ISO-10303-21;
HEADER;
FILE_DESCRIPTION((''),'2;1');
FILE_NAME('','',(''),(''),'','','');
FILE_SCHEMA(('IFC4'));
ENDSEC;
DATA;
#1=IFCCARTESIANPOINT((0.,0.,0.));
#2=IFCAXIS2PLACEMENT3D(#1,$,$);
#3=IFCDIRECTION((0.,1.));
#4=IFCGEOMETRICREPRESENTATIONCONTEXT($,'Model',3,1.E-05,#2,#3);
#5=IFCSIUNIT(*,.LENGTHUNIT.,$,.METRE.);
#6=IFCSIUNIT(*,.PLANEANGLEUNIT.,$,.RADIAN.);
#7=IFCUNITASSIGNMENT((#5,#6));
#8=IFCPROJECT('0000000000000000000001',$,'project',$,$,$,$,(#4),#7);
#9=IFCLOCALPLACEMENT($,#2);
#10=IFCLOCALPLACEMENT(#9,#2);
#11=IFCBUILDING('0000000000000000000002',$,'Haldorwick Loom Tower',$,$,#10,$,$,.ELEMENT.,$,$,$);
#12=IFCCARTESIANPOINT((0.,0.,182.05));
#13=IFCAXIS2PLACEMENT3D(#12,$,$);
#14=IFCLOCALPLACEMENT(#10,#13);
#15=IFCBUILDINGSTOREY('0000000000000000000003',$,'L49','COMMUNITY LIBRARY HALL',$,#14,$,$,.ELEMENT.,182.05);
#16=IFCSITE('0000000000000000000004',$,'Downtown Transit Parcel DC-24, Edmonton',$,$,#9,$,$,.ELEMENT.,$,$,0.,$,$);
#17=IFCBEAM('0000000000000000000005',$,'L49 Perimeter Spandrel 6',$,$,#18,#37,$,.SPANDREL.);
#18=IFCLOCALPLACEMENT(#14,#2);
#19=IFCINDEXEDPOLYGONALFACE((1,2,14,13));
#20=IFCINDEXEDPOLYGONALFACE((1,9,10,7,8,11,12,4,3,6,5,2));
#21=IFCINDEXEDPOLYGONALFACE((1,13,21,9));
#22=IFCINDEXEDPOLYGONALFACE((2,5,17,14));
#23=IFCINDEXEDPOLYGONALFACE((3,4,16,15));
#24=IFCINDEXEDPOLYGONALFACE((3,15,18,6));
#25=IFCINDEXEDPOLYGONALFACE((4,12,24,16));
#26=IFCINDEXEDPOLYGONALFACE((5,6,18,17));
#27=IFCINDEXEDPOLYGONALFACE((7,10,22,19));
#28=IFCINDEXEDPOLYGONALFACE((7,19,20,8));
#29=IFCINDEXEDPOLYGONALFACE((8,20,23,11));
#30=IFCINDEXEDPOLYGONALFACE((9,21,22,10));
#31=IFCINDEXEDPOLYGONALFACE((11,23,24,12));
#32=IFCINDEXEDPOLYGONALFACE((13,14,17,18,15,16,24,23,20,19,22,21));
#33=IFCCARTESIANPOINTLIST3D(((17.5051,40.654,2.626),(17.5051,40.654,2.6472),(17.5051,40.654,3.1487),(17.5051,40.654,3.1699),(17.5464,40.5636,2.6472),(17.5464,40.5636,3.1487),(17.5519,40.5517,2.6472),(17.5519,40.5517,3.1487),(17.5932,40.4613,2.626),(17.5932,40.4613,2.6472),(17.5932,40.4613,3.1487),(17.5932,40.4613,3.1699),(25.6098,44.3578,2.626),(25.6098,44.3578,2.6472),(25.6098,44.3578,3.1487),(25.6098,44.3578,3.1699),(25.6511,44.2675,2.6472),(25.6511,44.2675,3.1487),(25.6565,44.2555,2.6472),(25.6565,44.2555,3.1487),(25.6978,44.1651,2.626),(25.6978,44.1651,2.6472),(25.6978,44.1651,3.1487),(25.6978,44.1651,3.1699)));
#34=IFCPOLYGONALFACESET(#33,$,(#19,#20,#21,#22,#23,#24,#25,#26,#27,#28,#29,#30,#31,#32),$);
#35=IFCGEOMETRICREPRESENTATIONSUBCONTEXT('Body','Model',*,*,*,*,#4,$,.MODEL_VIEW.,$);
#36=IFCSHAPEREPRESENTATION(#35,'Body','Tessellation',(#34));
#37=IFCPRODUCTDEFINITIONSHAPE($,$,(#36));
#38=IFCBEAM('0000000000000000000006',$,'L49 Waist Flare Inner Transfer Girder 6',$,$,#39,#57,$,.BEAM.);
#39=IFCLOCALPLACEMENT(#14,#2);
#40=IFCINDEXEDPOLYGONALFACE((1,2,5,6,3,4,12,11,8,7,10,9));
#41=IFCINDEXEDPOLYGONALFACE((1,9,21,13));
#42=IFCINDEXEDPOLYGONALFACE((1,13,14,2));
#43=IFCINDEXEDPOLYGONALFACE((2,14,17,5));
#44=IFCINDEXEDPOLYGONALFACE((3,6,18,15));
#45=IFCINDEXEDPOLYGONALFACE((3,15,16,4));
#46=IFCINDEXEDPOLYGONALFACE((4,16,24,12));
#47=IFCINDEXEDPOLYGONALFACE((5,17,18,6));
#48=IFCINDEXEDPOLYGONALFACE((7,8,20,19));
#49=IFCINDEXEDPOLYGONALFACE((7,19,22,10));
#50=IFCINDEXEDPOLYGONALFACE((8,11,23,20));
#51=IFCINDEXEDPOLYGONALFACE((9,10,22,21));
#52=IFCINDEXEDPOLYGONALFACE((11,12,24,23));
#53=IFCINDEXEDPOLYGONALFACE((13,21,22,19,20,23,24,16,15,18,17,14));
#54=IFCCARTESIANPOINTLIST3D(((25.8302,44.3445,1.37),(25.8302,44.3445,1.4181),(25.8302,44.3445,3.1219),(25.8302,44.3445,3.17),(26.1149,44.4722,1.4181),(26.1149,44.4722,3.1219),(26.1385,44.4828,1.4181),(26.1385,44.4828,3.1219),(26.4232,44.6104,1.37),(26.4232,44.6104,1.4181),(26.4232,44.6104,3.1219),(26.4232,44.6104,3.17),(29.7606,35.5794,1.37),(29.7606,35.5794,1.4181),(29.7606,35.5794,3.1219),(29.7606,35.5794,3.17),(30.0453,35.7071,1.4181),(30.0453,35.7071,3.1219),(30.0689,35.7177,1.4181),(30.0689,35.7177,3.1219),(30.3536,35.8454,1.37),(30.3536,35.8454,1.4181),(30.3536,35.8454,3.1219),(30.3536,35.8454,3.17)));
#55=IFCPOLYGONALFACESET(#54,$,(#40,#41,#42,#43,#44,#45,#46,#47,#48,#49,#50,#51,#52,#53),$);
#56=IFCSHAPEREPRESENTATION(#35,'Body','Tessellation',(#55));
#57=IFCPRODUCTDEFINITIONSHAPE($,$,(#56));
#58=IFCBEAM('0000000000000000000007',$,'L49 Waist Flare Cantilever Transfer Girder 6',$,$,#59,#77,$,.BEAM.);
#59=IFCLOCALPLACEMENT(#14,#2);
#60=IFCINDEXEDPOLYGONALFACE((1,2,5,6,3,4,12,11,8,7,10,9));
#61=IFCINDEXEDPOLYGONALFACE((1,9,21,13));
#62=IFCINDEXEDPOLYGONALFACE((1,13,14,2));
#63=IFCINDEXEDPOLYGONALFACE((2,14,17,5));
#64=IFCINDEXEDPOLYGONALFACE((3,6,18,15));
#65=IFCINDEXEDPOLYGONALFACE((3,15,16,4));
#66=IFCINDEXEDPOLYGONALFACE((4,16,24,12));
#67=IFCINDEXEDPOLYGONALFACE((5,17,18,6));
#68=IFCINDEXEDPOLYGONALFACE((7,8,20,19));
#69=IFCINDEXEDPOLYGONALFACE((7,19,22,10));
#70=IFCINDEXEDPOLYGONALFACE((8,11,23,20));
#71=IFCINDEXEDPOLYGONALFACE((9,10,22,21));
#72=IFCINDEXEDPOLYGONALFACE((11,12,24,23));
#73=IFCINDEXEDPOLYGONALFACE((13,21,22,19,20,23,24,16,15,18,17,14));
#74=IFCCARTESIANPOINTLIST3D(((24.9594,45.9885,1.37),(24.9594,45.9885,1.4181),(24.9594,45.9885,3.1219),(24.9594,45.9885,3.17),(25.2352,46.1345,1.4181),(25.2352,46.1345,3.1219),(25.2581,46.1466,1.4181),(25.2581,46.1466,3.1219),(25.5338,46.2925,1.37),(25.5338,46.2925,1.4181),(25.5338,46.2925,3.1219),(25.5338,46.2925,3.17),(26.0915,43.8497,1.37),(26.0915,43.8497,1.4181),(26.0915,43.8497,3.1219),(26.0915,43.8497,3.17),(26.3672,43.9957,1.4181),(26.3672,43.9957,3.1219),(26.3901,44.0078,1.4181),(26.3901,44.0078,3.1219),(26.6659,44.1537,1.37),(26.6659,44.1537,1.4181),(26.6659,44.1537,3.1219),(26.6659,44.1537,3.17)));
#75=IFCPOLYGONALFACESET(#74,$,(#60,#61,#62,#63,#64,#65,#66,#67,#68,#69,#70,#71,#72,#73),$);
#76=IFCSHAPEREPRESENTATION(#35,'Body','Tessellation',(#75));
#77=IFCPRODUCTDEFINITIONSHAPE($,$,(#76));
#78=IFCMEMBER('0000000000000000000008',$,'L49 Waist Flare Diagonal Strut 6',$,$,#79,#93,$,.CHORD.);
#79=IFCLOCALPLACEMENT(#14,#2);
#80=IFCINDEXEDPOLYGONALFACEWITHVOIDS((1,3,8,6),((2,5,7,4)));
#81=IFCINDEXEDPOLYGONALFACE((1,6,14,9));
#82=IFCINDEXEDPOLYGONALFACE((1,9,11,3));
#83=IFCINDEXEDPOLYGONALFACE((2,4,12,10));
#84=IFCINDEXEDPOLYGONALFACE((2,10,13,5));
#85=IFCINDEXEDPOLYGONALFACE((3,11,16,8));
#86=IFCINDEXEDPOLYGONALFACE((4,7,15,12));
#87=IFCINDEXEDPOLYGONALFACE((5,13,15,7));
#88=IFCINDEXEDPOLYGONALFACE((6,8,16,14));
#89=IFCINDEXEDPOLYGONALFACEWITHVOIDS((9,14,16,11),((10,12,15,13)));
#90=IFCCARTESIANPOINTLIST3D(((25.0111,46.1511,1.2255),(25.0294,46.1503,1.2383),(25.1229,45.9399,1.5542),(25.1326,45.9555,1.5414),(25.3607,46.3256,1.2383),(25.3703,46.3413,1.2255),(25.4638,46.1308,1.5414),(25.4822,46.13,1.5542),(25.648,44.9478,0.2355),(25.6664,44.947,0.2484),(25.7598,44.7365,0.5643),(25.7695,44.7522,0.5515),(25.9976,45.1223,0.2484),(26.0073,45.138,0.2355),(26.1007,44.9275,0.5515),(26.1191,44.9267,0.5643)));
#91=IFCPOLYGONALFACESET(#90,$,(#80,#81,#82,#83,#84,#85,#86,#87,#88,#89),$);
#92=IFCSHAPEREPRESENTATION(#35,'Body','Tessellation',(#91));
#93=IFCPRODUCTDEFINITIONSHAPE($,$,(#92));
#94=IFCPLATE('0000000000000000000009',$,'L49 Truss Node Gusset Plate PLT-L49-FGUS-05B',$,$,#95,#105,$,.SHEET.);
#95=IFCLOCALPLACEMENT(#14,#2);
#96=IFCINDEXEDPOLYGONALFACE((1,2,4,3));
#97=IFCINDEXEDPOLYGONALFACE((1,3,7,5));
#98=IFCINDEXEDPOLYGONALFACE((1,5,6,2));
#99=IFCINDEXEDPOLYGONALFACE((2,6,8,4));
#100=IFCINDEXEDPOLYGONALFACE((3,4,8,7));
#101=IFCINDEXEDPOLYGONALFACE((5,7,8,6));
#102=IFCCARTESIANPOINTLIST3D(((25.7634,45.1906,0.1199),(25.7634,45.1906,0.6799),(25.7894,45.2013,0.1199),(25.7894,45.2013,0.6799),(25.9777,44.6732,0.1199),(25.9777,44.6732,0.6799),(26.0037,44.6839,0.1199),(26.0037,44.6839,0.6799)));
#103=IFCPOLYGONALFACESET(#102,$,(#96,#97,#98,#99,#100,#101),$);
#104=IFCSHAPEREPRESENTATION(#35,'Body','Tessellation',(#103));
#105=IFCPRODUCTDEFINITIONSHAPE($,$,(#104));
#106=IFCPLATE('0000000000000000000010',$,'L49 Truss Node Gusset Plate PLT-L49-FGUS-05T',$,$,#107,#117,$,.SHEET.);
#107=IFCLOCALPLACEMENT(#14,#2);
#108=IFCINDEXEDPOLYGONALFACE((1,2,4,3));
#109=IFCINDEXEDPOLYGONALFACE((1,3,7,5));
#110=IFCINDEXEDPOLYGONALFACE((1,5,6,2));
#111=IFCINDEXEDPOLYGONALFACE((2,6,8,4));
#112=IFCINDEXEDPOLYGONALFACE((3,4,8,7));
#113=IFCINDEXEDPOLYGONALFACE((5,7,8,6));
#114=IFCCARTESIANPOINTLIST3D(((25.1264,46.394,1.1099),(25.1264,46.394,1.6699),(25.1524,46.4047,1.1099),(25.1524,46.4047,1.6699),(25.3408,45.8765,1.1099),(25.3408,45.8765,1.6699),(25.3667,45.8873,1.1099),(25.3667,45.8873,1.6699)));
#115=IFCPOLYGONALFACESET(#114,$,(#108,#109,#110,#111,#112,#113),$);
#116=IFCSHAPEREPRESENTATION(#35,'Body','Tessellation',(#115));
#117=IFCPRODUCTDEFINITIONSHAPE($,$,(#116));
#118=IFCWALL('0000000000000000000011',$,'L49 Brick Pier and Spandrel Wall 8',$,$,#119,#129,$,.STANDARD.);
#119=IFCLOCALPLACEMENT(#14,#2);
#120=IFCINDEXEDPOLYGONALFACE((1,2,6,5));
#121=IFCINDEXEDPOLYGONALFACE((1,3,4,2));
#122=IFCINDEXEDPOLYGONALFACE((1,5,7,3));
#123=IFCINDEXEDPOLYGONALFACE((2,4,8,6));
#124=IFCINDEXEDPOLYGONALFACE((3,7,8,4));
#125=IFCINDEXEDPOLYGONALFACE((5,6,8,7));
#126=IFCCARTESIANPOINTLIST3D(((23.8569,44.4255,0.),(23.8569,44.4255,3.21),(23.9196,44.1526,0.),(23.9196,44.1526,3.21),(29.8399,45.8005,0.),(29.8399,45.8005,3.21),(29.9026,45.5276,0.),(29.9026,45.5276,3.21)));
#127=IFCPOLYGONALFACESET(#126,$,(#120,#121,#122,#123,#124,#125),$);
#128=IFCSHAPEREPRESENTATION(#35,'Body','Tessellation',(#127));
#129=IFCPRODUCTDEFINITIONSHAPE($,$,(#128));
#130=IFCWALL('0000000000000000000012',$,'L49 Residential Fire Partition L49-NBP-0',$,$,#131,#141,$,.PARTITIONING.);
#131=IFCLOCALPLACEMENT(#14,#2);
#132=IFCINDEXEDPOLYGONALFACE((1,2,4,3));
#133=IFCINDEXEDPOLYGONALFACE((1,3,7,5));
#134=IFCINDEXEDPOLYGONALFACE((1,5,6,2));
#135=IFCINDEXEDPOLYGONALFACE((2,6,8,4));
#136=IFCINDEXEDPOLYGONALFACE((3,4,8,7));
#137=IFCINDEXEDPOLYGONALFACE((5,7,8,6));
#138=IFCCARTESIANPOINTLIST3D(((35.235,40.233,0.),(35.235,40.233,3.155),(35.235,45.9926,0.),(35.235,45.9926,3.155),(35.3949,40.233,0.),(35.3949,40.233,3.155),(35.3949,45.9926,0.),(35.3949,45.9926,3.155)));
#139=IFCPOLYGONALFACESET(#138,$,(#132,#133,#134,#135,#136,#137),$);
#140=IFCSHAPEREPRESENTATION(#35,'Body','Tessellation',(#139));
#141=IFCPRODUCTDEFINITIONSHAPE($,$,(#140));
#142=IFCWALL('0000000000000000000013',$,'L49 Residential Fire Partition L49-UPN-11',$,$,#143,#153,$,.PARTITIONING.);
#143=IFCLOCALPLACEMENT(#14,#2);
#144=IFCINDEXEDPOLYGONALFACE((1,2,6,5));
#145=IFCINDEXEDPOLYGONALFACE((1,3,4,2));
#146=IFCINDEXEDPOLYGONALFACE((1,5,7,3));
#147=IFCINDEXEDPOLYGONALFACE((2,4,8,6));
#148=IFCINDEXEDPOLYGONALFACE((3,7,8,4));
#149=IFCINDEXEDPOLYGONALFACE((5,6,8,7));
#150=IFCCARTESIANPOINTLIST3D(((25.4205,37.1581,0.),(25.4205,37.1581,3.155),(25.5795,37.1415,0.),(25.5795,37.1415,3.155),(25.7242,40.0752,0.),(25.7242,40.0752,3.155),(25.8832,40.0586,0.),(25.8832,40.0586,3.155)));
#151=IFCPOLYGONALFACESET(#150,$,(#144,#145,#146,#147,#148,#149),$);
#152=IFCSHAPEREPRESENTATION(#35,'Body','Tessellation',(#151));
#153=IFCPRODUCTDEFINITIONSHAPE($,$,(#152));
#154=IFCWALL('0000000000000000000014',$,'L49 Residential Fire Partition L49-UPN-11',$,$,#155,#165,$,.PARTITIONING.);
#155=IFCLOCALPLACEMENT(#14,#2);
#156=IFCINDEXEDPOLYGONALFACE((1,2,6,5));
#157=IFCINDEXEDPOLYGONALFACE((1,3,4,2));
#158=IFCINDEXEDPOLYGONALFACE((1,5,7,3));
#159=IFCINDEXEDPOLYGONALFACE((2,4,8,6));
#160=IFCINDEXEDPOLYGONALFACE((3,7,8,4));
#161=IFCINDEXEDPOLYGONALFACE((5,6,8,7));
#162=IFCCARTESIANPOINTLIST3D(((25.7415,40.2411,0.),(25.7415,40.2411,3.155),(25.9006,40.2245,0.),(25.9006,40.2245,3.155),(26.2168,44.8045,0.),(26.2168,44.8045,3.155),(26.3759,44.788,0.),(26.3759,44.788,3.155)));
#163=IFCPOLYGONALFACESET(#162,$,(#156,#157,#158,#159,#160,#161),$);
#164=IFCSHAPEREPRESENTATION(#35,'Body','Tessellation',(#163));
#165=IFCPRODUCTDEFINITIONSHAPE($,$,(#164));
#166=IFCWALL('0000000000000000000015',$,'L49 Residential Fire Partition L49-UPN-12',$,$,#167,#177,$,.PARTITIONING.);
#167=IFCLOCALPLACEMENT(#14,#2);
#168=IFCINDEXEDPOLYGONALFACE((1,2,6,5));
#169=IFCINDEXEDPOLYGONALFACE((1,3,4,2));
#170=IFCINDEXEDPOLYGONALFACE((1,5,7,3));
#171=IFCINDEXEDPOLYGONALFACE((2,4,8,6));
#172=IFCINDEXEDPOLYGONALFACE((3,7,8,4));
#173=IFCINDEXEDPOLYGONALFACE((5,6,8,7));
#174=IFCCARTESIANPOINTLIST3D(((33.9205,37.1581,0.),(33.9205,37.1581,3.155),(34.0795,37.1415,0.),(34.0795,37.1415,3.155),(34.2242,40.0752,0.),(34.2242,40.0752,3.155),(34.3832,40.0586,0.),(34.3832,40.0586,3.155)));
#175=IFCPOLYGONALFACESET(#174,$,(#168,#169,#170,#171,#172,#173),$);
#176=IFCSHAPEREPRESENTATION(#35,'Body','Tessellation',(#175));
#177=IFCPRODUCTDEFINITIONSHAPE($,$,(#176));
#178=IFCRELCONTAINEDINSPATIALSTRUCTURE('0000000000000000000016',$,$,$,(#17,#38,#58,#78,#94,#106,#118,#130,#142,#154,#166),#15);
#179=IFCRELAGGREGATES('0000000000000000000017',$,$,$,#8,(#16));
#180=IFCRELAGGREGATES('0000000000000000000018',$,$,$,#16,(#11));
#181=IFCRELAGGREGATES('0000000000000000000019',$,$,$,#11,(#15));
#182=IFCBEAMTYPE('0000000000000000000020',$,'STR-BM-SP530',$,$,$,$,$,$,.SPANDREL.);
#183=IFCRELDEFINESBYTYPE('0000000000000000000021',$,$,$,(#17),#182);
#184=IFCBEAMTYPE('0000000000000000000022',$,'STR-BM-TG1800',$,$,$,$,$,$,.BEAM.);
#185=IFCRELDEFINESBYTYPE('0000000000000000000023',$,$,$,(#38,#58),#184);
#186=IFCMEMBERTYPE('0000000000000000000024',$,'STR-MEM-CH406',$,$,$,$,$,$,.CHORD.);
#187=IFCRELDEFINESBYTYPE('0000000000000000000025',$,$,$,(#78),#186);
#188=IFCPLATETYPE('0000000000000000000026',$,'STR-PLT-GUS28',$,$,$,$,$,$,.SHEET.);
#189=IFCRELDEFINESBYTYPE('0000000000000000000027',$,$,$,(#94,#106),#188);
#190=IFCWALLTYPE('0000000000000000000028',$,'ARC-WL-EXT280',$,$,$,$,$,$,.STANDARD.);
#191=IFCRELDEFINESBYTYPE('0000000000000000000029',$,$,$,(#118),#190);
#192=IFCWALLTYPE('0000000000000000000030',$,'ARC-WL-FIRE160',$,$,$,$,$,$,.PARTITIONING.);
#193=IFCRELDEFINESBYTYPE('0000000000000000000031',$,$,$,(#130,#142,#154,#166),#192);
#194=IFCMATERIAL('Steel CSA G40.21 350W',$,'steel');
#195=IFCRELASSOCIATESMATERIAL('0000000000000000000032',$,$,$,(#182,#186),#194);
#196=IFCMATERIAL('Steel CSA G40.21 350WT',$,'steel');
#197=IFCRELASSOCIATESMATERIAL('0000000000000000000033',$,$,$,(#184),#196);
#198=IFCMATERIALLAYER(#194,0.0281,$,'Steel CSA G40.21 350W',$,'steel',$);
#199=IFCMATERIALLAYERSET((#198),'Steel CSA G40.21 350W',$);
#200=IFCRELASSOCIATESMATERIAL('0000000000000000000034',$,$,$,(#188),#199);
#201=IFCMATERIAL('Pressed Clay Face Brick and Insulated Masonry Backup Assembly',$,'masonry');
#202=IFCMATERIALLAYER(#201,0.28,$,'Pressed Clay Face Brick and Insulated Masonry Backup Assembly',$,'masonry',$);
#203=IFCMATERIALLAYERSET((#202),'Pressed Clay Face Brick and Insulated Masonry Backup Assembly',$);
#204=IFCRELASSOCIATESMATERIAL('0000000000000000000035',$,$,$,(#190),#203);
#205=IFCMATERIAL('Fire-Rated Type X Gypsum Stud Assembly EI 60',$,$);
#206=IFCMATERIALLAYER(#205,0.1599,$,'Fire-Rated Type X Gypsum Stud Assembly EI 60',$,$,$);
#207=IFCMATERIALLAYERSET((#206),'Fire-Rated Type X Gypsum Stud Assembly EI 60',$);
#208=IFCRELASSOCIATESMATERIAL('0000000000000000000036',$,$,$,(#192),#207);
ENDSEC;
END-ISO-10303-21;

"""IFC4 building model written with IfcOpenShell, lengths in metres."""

from ifc_helpers import new_model, si_unit, direction, frame, frame_2d, origin, origin_2d, place, context, subcontext, project, spatial, rectangle, hollow_rectangle, i_section, extrude, material, layer, layer_set, material_profile, profile_set, type_object, element, save


model = new_model("IFC4")

# Units and contexts
model_context = context("Model", 3, precision=1e-05, world=origin(), true_north=direction((0.0, 1.0)))
body_context = subcontext(model_context, "Body", "Model", "MODEL_VIEW")
ifc_project = project(units=[si_unit("LENGTHUNIT", "METRE"), si_unit("PLANEANGLEUNIT", "RADIAN")], contexts=[model_context])

# Site, building, storey
site_placement = place(None, origin())
site = spatial("IfcSite", under=ifc_project, at=site_placement, Name="Downtown Transit Parcel DC-24, Edmonton", CompositionType="ELEMENT", RefElevation=0.0)
building_placement = place(site_placement, origin())
building = spatial("IfcBuilding", under=site, at=building_placement, Name="Haldorwick Loom Tower", CompositionType="ELEMENT")
storey_placement = place(building_placement, frame((0.0, 0.0, 182.05)))
storey = spatial("IfcBuildingStorey", under=building, at=storey_placement, Name="L49", Description="COMMUNITY LIBRARY HALL", CompositionType="ELEMENT", Elevation=182.05)

# Shared definitions
ifc_material_1 = material(Name="Steel CSA G40.21 350W", Category="steel")

# Beams
ifc_material_profile_1 = material_profile(ifc_material_1, i_section(OverallWidth=0.2119, OverallDepth=0.5439, WebThickness=0.0132, FlangeThickness=0.0212, at=origin_2d()), Name="W530X123", Category="steel")
ifc_profile_set_1 = profile_set([ifc_material_profile_1], Name="Steel CSA G40.21 350W")
beam_type_1 = type_object("IfcBeamType", Name="STR-BM-SP530", PredefinedType="SPANDREL", material=ifc_profile_set_1)
beam_1_placement = place(storey_placement, frame((25.6538, 44.2615, 2.8979), z_axis=(-0.909524, -0.415652, 0.0), x_axis=(0.415652, -0.909524, 0.0)))
element("IfcBeam", 1, at=beam_1_placement, inside=storey, type_object=beam_type_1, Name="L49 Perimeter Spandrel 6", PredefinedType="SPANDREL", context=body_context, shape_type="SweptSolid", body=[
    extrude(i_section(OverallWidth=0.2119, OverallDepth=0.5439, WebThickness=0.0132, FlangeThickness=0.0212, at=origin_2d()), origin(), (0.0, 0.0, 1.0), 8.9109),
])
ifc_material_2 = material(Name="Steel CSA G40.21 350WT", Category="steel")
ifc_material_profile_2 = material_profile(ifc_material_2, i_section(OverallWidth=0.6499, OverallDepth=1.8, WebThickness=0.0259, FlangeThickness=0.0481, at=origin_2d()), Name="WWF1800X650", Category="steel")
ifc_profile_set_2 = profile_set([ifc_material_profile_2], Name="Steel CSA G40.21 350WT")
beam_type_2 = type_object("IfcBeamType", Name="STR-BM-TG1800", PredefinedType="BEAM", material=ifc_profile_set_2)
beam_2_placement = place(storey_placement, frame((30.0571, 35.7124, 2.27), z_axis=(-0.409162, 0.912462, 0.0), x_axis=(-0.912462, -0.409162, 0.0)))
element("IfcBeam", 2, at=beam_2_placement, inside=storey, type_object=beam_type_2, Name="L49 Waist Flare Inner Transfer Girder 6", PredefinedType="BEAM", context=body_context, shape_type="SweptSolid", body=[
    extrude(i_section(OverallWidth=0.6499, OverallDepth=1.8, WebThickness=0.0259, FlangeThickness=0.0481, at=origin_2d()), origin(), (0.0, 0.0, 1.0), 9.606),
])
beam_3_placement = place(storey_placement, frame((26.3787, 44.0017, 2.27), z_axis=(-0.467795, 0.883837, 0.0), x_axis=(-0.883837, -0.467795, 0.0)))
element("IfcBeam", 3, at=beam_3_placement, inside=storey, type_object=beam_type_2, Name="L49 Waist Flare Cantilever Transfer Girder 6", PredefinedType="BEAM", context=body_context, shape_type="SweptSolid", body=[
    extrude(i_section(OverallWidth=0.6499, OverallDepth=1.8, WebThickness=0.0259, FlangeThickness=0.0481, at=origin_2d()), origin(), (0.0, 0.0, 1.0), 2.4199),
])

# Member
ifc_material_profile_3 = material_profile(ifc_material_1, hollow_rectangle(XDim=0.4065, YDim=0.4065, WallThickness=0.0159, at=origin_2d()), Name="HSS406X406X16", Category="steel")
ifc_profile_set_3 = profile_set([ifc_material_profile_3], Name="Steel CSA G40.21 350W")
member_type = type_object("IfcMemberType", Name="STR-MEM-CH406", PredefinedType="CHORD", material=ifc_profile_set_3)
member_placement = place(storey_placement, frame((25.8835, 44.9373, 0.3999), z_axis=(-0.378375, 0.714836, 0.588083), x_axis=(-0.883823, -0.467822, 0.0)))
element("IfcMember", 4, at=member_placement, inside=storey, type_object=member_type, Name="L49 Waist Flare Diagonal Strut 6", PredefinedType="CHORD", context=body_context, shape_type="SweptSolid", body=[
    extrude(hollow_rectangle(XDim=0.4065, YDim=0.4065, WallThickness=0.0159, at=origin_2d()), origin(), (0.0, 0.0, 1.0), 1.6833),
])

# Plates
ifc_layer_1 = layer(ifc_material_1, 0.0281, Name="Steel CSA G40.21 350W", Category="steel")
ifc_layer_set_1 = layer_set([ifc_layer_1], Name="Steel CSA G40.21 350W")
plate_type = type_object("IfcPlateType", Name="STR-PLT-GUS28", PredefinedType="SHEET", material=ifc_layer_set_1)
for number, where, z_axis, x_axis, name in (
    (5, (25.8835, 44.9373, 0.1199), (0.0, 0.0, 1.0), (-0.382683, 0.92388, 0.0), "L49 Truss Node Gusset Plate PLT-L49-FGUS-05B"),
    (6, (25.2466, 46.1406, 1.1099), (0.0, 0.0, 1.0), (-0.382683, 0.92388, 0.0), "L49 Truss Node Gusset Plate PLT-L49-FGUS-05T"),
):
    element("IfcPlate", number, at=place(storey_placement, frame(where, z_axis=z_axis, x_axis=x_axis)), inside=storey, type_object=plate_type, Name=name, PredefinedType="SHEET", context=body_context, shape_type="SweptSolid", body=[
        extrude(rectangle(XDim=0.5601, YDim=0.0281, at=origin_2d()), origin(), (0.0, 0.0, 1.0), 0.5601),
    ])

# Walls
ifc_material_3 = material(Name="Pressed Clay Face Brick and Insulated Masonry Backup Assembly", Category="masonry")
ifc_layer_2 = layer(ifc_material_3, 0.28, Name="Pressed Clay Face Brick and Insulated Masonry Backup Assembly", Category="masonry")
ifc_layer_set_2 = layer_set([ifc_layer_2], Name="Pressed Clay Face Brick and Insulated Masonry Backup Assembly")
wall_type_1 = type_object("IfcWallType", Name="ARC-WL-EXT280", PredefinedType="STANDARD", material=ifc_layer_set_2)
wall_1_placement = place(storey_placement, frame((29.8711, 45.6641, 0.0), z_axis=(0.0, 0.0, 1.0), x_axis=(-0.974593, -0.223982, 0.0)))
element("IfcWall", 7, at=wall_1_placement, inside=storey, type_object=wall_type_1, Name="L49 Brick Pier and Spandrel Wall 8", PredefinedType="STANDARD", context=body_context, shape_type="SweptSolid", body=[
    extrude(rectangle(XDim=6.1389, YDim=0.28, at=frame_2d((3.0693, 0.0))), origin(), (0.0, 0.0, 1.0), 3.21),
])
ifc_material_4 = material(Name="Fire-Rated Type X Gypsum Stud Assembly EI 60")
ifc_layer_3 = layer(ifc_material_4, 0.1599, Name="Fire-Rated Type X Gypsum Stud Assembly EI 60")
ifc_layer_set_3 = layer_set([ifc_layer_3], Name="Fire-Rated Type X Gypsum Stud Assembly EI 60")
wall_type_2 = type_object("IfcWallType", Name="ARC-WL-FIRE160", PredefinedType="PARTITIONING", material=ifc_layer_set_3)
wall_2_placement = place(storey_placement, frame((35.3149, 40.2329, 0.0), z_axis=(0.0, 0.0, 1.0), x_axis=(0.0, 1.0, 0.0)))
element("IfcWall", 8, at=wall_2_placement, inside=storey, type_object=wall_type_2, Name="L49 Residential Fire Partition L49-NBP-0", PredefinedType="PARTITIONING", context=body_context, shape_type="SweptSolid", body=[
    extrude(rectangle(XDim=5.7595, YDim=0.1599, at=frame_2d((2.8799, 0.0))), origin(), (0.0, 0.0, 1.0), 3.155),
])
wall_3_placement = place(storey_placement, frame((25.5, 37.1499, 0.0), z_axis=(0.0, 0.0, 1.0), x_axis=(0.103558, 0.994623, 0.0)))
element("IfcWall", 9, at=wall_3_placement, inside=storey, type_object=wall_type_2, Name="L49 Residential Fire Partition L49-UPN-11", PredefinedType="PARTITIONING", context=body_context, shape_type="SweptSolid", body=[
    extrude(rectangle(XDim=2.9329, YDim=0.1599, at=frame_2d((1.4663, 0.0))), origin(), (0.0, 0.0, 1.0), 3.155),
])
wall_4_placement = place(storey_placement, frame((25.821, 40.2329, 0.0), z_axis=(0.0, 0.0, 1.0), x_axis=(0.103602, 0.994619, 0.0)))
element("IfcWall", 10, at=wall_4_placement, inside=storey, type_object=wall_type_2, Name="L49 Residential Fire Partition L49-UPN-11", PredefinedType="PARTITIONING", context=body_context, shape_type="SweptSolid", body=[
    extrude(rectangle(XDim=4.5881, YDim=0.1599, at=frame_2d((2.2939, 0.0))), origin(), (0.0, 0.0, 1.0), 3.155),
])
wall_5_placement = place(storey_placement, frame((34.0, 37.1499, 0.0), z_axis=(0.0, 0.0, 1.0), x_axis=(0.103558, 0.994623, 0.0)))
element("IfcWall", 11, at=wall_5_placement, inside=storey, type_object=wall_type_2, Name="L49 Residential Fire Partition L49-UPN-12", PredefinedType="PARTITIONING", context=body_context, shape_type="SweptSolid", body=[
    extrude(rectangle(XDim=2.9329, YDim=0.1599, at=frame_2d((1.4663, 0.0))), origin(), (0.0, 0.0, 1.0), 3.155),
])

save(model, "model.ifc")
